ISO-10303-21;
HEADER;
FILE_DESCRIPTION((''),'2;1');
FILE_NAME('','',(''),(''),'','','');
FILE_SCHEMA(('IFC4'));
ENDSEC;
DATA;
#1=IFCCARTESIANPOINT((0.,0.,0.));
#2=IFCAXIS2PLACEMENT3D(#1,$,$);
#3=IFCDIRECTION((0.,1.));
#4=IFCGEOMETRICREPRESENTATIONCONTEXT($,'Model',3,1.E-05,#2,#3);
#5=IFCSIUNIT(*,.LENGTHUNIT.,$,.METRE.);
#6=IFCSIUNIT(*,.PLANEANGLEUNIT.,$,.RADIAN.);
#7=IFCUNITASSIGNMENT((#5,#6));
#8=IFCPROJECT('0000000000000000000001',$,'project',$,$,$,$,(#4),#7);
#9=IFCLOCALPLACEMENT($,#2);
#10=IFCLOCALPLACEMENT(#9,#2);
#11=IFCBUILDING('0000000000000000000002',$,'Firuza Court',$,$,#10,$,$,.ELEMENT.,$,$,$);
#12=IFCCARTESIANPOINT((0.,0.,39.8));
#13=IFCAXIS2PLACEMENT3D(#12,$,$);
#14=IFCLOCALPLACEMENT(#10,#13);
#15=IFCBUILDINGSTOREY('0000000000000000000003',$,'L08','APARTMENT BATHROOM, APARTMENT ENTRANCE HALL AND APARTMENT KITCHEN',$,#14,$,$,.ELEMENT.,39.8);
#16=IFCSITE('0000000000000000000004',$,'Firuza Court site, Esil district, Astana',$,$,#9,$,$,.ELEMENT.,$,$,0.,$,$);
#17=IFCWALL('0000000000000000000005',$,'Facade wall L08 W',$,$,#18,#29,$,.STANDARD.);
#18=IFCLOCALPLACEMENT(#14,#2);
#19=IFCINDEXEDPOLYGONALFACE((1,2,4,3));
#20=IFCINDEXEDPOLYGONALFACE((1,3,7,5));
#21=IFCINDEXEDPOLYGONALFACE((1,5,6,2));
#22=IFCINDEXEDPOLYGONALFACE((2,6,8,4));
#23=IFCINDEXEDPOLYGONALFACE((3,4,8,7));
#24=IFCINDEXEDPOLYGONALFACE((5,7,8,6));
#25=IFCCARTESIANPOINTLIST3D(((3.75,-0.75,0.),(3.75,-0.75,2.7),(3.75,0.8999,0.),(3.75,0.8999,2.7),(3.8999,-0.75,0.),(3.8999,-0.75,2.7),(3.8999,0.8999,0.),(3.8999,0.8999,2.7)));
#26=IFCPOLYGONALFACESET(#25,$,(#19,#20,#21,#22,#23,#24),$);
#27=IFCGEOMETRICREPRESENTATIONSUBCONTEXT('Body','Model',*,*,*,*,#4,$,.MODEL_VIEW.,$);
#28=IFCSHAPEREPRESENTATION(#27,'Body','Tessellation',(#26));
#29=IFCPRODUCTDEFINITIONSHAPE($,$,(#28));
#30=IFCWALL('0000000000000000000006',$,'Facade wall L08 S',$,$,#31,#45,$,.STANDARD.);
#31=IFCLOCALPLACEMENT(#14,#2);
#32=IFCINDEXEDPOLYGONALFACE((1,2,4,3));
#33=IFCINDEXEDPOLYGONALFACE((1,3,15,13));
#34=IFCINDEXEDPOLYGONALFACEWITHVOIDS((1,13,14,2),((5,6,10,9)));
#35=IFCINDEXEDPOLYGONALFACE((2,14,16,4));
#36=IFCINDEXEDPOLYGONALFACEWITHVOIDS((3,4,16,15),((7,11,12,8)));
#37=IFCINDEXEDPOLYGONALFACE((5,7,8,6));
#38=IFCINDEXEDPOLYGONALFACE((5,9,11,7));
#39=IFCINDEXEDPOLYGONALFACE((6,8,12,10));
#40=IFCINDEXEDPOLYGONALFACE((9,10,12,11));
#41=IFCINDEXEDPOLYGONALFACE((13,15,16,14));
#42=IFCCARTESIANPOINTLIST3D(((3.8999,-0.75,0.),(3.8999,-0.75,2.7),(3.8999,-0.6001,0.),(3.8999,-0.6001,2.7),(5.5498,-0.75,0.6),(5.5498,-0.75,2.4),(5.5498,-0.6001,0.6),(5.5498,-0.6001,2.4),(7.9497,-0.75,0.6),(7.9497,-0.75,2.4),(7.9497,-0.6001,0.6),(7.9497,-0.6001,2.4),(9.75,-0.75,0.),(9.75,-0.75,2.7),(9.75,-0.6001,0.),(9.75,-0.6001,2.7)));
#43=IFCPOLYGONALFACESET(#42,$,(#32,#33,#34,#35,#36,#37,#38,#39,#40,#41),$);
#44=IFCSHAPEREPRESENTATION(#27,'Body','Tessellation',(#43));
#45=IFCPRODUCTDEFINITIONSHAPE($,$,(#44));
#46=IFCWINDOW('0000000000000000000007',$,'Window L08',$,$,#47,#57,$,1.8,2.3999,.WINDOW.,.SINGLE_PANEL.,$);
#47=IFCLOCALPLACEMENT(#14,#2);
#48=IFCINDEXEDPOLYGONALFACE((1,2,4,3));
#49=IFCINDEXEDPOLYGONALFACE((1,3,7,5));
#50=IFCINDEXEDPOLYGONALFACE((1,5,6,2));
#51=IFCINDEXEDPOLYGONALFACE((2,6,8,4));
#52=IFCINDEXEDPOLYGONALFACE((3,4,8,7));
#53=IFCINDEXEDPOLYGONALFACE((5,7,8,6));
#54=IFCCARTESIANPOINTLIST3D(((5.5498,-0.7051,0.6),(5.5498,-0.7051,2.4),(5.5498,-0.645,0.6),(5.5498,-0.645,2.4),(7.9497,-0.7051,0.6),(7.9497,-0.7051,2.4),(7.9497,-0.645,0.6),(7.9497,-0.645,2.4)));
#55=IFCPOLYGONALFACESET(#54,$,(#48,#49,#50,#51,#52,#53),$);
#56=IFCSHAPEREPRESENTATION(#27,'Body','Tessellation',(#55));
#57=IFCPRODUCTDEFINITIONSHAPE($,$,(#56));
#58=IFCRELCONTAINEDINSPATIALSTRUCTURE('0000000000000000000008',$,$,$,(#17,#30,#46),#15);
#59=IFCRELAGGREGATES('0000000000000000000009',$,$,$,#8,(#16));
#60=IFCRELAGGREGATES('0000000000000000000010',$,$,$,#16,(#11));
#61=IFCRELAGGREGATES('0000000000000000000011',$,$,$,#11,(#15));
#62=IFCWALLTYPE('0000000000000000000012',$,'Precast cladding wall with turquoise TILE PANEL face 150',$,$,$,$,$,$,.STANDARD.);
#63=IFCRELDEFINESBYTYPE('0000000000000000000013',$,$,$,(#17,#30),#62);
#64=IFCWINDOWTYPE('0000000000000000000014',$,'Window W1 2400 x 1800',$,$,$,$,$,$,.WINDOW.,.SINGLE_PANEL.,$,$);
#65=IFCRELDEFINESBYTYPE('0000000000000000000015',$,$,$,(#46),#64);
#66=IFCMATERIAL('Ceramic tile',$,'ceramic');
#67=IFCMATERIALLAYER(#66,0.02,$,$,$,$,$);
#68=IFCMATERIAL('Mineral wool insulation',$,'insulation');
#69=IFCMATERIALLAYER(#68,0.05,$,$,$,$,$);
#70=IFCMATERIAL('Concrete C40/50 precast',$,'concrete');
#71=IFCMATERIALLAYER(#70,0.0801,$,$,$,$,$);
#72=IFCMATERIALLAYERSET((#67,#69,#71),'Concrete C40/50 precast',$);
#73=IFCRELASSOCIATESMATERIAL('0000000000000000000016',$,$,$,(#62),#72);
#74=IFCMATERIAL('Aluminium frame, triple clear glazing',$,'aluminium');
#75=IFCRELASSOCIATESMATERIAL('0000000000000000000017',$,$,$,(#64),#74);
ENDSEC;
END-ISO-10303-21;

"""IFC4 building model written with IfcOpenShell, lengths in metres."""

from ifc_helpers import new_model, si_unit, direction, frame, frame_2d, origin, place, context, subcontext, project, spatial, rectangle, extrude, material, layer, layer_set, type_object, element, fill, save


model = new_model("IFC4")

# Units and contexts
model_context = context("Model", 3, precision=1e-05, world=origin(), true_north=direction((0.0, 1.0)))
body_context = subcontext(model_context, "Body", "Model", "MODEL_VIEW")
ifc_project = project(units=[si_unit("LENGTHUNIT", "METRE"), si_unit("PLANEANGLEUNIT", "RADIAN")], contexts=[model_context])

# Site, building, storey
site_placement = place(None, origin())
site = spatial("IfcSite", under=ifc_project, at=site_placement, Name="Firuza Court site, Esil district, Astana", CompositionType="ELEMENT", RefElevation=0.0)
building_placement = place(site_placement, origin())
building = spatial("IfcBuilding", under=site, at=building_placement, Name="Firuza Court", CompositionType="ELEMENT")
storey_placement = place(building_placement, frame((0.0, 0.0, 39.8)))
storey = spatial("IfcBuildingStorey", under=building, at=storey_placement, Name="L08", Description="APARTMENT BATHROOM, APARTMENT ENTRANCE HALL AND APARTMENT KITCHEN", CompositionType="ELEMENT", Elevation=39.8)

# Shared definitions
ifc_material_1 = material(Name="Concrete C40/50 precast", Category="concrete")

# Wall
ifc_material_2 = material(Name="Ceramic tile", Category="ceramic")
ifc_layer_1 = layer(ifc_material_2, 0.02)
ifc_material_3 = material(Name="Mineral wool insulation", Category="insulation")
ifc_layer_2 = layer(ifc_material_3, 0.05)
ifc_layer_3 = layer(ifc_material_1, 0.0801)
ifc_layer_set_1 = layer_set([ifc_layer_1, ifc_layer_2, ifc_layer_3], Name="Concrete C40/50 precast")
wall_type_1 = type_object("IfcWallType", Name="Precast cladding wall with turquoise TILE PANEL face 150", PredefinedType="STANDARD", material=ifc_layer_set_1)
wall_1_placement = place(storey_placement, frame((3.825, 0.8999, 0.0), z_axis=(0.0, 0.0, 1.0), x_axis=(0.0, -1.0, 0.0)))
element("IfcWall", 1, at=wall_1_placement, inside=storey, type_object=wall_type_1, Name="Facade wall L08 W", PredefinedType="STANDARD", context=body_context, shape_type="SweptSolid", body=[
    extrude(rectangle(XDim=1.6499, YDim=0.1499, at=frame_2d((0.825, 0.0))), origin(), (0.0, 0.0, 1.0), 2.7),
])

# Wall, opening, window
wall_2_placement = place(storey_placement, frame((3.8999, -0.675, 0.0), z_axis=(0.0, 0.0, 1.0), x_axis=(1.0, 0.0, 0.0)))
wall_2 = element("IfcWall", 2, at=wall_2_placement, inside=storey, type_object=wall_type_1, Name="Facade wall L08 S", PredefinedType="STANDARD", context=body_context, shape_type="SweptSolid", body=[
    extrude(rectangle(XDim=5.8501, YDim=0.1499, at=frame_2d((2.925, 0.0))), origin(), (0.0, 0.0, 1.0), 2.7),
])
opening_placement = place(wall_2_placement, frame((1.6499, 0.0, 0.6001)))
opening = element("IfcOpeningElement", 3, at=opening_placement, cuts=wall_2, PredefinedType="OPENING", context=body_context, shape_type="SweptSolid", body=[
    extrude(rectangle(XDim=2.3999, YDim=1.8, at=frame_2d((1.2, 0.8999))), frame((0.0, 0.0869, 0.0), z_axis=(0.0, -1.0, 0.0), x_axis=(1.0, 0.0, 0.0)), (0.0, 0.0, 1.0), 0.1738),
])
ifc_material_4 = material(Name="Aluminium frame, triple clear glazing", Category="aluminium")
window_type = type_object("IfcWindowType", Name="Window W1 2400 x 1800", PartitioningType="SINGLE_PANEL", PredefinedType="WINDOW", material=ifc_material_4)
window_placement = place(opening_placement, origin())
window = element("IfcWindow", 4, at=window_placement, inside=storey, type_object=window_type, Name="Window L08", OverallHeight=1.8, OverallWidth=2.3999, PartitioningType="SINGLE_PANEL", PredefinedType="WINDOW", context=body_context, shape_type="SweptSolid", body=[
    extrude(rectangle(XDim=2.3999, YDim=1.8, at=frame_2d((1.2, 0.8999))), frame((0.0, 0.03, 0.0), z_axis=(0.0, -1.0, 0.0), x_axis=(1.0, 0.0, 0.0)), (0.0, 0.0, 1.0), 0.0601),
])
fill(opening, window)

save(model, "model.ifc")
